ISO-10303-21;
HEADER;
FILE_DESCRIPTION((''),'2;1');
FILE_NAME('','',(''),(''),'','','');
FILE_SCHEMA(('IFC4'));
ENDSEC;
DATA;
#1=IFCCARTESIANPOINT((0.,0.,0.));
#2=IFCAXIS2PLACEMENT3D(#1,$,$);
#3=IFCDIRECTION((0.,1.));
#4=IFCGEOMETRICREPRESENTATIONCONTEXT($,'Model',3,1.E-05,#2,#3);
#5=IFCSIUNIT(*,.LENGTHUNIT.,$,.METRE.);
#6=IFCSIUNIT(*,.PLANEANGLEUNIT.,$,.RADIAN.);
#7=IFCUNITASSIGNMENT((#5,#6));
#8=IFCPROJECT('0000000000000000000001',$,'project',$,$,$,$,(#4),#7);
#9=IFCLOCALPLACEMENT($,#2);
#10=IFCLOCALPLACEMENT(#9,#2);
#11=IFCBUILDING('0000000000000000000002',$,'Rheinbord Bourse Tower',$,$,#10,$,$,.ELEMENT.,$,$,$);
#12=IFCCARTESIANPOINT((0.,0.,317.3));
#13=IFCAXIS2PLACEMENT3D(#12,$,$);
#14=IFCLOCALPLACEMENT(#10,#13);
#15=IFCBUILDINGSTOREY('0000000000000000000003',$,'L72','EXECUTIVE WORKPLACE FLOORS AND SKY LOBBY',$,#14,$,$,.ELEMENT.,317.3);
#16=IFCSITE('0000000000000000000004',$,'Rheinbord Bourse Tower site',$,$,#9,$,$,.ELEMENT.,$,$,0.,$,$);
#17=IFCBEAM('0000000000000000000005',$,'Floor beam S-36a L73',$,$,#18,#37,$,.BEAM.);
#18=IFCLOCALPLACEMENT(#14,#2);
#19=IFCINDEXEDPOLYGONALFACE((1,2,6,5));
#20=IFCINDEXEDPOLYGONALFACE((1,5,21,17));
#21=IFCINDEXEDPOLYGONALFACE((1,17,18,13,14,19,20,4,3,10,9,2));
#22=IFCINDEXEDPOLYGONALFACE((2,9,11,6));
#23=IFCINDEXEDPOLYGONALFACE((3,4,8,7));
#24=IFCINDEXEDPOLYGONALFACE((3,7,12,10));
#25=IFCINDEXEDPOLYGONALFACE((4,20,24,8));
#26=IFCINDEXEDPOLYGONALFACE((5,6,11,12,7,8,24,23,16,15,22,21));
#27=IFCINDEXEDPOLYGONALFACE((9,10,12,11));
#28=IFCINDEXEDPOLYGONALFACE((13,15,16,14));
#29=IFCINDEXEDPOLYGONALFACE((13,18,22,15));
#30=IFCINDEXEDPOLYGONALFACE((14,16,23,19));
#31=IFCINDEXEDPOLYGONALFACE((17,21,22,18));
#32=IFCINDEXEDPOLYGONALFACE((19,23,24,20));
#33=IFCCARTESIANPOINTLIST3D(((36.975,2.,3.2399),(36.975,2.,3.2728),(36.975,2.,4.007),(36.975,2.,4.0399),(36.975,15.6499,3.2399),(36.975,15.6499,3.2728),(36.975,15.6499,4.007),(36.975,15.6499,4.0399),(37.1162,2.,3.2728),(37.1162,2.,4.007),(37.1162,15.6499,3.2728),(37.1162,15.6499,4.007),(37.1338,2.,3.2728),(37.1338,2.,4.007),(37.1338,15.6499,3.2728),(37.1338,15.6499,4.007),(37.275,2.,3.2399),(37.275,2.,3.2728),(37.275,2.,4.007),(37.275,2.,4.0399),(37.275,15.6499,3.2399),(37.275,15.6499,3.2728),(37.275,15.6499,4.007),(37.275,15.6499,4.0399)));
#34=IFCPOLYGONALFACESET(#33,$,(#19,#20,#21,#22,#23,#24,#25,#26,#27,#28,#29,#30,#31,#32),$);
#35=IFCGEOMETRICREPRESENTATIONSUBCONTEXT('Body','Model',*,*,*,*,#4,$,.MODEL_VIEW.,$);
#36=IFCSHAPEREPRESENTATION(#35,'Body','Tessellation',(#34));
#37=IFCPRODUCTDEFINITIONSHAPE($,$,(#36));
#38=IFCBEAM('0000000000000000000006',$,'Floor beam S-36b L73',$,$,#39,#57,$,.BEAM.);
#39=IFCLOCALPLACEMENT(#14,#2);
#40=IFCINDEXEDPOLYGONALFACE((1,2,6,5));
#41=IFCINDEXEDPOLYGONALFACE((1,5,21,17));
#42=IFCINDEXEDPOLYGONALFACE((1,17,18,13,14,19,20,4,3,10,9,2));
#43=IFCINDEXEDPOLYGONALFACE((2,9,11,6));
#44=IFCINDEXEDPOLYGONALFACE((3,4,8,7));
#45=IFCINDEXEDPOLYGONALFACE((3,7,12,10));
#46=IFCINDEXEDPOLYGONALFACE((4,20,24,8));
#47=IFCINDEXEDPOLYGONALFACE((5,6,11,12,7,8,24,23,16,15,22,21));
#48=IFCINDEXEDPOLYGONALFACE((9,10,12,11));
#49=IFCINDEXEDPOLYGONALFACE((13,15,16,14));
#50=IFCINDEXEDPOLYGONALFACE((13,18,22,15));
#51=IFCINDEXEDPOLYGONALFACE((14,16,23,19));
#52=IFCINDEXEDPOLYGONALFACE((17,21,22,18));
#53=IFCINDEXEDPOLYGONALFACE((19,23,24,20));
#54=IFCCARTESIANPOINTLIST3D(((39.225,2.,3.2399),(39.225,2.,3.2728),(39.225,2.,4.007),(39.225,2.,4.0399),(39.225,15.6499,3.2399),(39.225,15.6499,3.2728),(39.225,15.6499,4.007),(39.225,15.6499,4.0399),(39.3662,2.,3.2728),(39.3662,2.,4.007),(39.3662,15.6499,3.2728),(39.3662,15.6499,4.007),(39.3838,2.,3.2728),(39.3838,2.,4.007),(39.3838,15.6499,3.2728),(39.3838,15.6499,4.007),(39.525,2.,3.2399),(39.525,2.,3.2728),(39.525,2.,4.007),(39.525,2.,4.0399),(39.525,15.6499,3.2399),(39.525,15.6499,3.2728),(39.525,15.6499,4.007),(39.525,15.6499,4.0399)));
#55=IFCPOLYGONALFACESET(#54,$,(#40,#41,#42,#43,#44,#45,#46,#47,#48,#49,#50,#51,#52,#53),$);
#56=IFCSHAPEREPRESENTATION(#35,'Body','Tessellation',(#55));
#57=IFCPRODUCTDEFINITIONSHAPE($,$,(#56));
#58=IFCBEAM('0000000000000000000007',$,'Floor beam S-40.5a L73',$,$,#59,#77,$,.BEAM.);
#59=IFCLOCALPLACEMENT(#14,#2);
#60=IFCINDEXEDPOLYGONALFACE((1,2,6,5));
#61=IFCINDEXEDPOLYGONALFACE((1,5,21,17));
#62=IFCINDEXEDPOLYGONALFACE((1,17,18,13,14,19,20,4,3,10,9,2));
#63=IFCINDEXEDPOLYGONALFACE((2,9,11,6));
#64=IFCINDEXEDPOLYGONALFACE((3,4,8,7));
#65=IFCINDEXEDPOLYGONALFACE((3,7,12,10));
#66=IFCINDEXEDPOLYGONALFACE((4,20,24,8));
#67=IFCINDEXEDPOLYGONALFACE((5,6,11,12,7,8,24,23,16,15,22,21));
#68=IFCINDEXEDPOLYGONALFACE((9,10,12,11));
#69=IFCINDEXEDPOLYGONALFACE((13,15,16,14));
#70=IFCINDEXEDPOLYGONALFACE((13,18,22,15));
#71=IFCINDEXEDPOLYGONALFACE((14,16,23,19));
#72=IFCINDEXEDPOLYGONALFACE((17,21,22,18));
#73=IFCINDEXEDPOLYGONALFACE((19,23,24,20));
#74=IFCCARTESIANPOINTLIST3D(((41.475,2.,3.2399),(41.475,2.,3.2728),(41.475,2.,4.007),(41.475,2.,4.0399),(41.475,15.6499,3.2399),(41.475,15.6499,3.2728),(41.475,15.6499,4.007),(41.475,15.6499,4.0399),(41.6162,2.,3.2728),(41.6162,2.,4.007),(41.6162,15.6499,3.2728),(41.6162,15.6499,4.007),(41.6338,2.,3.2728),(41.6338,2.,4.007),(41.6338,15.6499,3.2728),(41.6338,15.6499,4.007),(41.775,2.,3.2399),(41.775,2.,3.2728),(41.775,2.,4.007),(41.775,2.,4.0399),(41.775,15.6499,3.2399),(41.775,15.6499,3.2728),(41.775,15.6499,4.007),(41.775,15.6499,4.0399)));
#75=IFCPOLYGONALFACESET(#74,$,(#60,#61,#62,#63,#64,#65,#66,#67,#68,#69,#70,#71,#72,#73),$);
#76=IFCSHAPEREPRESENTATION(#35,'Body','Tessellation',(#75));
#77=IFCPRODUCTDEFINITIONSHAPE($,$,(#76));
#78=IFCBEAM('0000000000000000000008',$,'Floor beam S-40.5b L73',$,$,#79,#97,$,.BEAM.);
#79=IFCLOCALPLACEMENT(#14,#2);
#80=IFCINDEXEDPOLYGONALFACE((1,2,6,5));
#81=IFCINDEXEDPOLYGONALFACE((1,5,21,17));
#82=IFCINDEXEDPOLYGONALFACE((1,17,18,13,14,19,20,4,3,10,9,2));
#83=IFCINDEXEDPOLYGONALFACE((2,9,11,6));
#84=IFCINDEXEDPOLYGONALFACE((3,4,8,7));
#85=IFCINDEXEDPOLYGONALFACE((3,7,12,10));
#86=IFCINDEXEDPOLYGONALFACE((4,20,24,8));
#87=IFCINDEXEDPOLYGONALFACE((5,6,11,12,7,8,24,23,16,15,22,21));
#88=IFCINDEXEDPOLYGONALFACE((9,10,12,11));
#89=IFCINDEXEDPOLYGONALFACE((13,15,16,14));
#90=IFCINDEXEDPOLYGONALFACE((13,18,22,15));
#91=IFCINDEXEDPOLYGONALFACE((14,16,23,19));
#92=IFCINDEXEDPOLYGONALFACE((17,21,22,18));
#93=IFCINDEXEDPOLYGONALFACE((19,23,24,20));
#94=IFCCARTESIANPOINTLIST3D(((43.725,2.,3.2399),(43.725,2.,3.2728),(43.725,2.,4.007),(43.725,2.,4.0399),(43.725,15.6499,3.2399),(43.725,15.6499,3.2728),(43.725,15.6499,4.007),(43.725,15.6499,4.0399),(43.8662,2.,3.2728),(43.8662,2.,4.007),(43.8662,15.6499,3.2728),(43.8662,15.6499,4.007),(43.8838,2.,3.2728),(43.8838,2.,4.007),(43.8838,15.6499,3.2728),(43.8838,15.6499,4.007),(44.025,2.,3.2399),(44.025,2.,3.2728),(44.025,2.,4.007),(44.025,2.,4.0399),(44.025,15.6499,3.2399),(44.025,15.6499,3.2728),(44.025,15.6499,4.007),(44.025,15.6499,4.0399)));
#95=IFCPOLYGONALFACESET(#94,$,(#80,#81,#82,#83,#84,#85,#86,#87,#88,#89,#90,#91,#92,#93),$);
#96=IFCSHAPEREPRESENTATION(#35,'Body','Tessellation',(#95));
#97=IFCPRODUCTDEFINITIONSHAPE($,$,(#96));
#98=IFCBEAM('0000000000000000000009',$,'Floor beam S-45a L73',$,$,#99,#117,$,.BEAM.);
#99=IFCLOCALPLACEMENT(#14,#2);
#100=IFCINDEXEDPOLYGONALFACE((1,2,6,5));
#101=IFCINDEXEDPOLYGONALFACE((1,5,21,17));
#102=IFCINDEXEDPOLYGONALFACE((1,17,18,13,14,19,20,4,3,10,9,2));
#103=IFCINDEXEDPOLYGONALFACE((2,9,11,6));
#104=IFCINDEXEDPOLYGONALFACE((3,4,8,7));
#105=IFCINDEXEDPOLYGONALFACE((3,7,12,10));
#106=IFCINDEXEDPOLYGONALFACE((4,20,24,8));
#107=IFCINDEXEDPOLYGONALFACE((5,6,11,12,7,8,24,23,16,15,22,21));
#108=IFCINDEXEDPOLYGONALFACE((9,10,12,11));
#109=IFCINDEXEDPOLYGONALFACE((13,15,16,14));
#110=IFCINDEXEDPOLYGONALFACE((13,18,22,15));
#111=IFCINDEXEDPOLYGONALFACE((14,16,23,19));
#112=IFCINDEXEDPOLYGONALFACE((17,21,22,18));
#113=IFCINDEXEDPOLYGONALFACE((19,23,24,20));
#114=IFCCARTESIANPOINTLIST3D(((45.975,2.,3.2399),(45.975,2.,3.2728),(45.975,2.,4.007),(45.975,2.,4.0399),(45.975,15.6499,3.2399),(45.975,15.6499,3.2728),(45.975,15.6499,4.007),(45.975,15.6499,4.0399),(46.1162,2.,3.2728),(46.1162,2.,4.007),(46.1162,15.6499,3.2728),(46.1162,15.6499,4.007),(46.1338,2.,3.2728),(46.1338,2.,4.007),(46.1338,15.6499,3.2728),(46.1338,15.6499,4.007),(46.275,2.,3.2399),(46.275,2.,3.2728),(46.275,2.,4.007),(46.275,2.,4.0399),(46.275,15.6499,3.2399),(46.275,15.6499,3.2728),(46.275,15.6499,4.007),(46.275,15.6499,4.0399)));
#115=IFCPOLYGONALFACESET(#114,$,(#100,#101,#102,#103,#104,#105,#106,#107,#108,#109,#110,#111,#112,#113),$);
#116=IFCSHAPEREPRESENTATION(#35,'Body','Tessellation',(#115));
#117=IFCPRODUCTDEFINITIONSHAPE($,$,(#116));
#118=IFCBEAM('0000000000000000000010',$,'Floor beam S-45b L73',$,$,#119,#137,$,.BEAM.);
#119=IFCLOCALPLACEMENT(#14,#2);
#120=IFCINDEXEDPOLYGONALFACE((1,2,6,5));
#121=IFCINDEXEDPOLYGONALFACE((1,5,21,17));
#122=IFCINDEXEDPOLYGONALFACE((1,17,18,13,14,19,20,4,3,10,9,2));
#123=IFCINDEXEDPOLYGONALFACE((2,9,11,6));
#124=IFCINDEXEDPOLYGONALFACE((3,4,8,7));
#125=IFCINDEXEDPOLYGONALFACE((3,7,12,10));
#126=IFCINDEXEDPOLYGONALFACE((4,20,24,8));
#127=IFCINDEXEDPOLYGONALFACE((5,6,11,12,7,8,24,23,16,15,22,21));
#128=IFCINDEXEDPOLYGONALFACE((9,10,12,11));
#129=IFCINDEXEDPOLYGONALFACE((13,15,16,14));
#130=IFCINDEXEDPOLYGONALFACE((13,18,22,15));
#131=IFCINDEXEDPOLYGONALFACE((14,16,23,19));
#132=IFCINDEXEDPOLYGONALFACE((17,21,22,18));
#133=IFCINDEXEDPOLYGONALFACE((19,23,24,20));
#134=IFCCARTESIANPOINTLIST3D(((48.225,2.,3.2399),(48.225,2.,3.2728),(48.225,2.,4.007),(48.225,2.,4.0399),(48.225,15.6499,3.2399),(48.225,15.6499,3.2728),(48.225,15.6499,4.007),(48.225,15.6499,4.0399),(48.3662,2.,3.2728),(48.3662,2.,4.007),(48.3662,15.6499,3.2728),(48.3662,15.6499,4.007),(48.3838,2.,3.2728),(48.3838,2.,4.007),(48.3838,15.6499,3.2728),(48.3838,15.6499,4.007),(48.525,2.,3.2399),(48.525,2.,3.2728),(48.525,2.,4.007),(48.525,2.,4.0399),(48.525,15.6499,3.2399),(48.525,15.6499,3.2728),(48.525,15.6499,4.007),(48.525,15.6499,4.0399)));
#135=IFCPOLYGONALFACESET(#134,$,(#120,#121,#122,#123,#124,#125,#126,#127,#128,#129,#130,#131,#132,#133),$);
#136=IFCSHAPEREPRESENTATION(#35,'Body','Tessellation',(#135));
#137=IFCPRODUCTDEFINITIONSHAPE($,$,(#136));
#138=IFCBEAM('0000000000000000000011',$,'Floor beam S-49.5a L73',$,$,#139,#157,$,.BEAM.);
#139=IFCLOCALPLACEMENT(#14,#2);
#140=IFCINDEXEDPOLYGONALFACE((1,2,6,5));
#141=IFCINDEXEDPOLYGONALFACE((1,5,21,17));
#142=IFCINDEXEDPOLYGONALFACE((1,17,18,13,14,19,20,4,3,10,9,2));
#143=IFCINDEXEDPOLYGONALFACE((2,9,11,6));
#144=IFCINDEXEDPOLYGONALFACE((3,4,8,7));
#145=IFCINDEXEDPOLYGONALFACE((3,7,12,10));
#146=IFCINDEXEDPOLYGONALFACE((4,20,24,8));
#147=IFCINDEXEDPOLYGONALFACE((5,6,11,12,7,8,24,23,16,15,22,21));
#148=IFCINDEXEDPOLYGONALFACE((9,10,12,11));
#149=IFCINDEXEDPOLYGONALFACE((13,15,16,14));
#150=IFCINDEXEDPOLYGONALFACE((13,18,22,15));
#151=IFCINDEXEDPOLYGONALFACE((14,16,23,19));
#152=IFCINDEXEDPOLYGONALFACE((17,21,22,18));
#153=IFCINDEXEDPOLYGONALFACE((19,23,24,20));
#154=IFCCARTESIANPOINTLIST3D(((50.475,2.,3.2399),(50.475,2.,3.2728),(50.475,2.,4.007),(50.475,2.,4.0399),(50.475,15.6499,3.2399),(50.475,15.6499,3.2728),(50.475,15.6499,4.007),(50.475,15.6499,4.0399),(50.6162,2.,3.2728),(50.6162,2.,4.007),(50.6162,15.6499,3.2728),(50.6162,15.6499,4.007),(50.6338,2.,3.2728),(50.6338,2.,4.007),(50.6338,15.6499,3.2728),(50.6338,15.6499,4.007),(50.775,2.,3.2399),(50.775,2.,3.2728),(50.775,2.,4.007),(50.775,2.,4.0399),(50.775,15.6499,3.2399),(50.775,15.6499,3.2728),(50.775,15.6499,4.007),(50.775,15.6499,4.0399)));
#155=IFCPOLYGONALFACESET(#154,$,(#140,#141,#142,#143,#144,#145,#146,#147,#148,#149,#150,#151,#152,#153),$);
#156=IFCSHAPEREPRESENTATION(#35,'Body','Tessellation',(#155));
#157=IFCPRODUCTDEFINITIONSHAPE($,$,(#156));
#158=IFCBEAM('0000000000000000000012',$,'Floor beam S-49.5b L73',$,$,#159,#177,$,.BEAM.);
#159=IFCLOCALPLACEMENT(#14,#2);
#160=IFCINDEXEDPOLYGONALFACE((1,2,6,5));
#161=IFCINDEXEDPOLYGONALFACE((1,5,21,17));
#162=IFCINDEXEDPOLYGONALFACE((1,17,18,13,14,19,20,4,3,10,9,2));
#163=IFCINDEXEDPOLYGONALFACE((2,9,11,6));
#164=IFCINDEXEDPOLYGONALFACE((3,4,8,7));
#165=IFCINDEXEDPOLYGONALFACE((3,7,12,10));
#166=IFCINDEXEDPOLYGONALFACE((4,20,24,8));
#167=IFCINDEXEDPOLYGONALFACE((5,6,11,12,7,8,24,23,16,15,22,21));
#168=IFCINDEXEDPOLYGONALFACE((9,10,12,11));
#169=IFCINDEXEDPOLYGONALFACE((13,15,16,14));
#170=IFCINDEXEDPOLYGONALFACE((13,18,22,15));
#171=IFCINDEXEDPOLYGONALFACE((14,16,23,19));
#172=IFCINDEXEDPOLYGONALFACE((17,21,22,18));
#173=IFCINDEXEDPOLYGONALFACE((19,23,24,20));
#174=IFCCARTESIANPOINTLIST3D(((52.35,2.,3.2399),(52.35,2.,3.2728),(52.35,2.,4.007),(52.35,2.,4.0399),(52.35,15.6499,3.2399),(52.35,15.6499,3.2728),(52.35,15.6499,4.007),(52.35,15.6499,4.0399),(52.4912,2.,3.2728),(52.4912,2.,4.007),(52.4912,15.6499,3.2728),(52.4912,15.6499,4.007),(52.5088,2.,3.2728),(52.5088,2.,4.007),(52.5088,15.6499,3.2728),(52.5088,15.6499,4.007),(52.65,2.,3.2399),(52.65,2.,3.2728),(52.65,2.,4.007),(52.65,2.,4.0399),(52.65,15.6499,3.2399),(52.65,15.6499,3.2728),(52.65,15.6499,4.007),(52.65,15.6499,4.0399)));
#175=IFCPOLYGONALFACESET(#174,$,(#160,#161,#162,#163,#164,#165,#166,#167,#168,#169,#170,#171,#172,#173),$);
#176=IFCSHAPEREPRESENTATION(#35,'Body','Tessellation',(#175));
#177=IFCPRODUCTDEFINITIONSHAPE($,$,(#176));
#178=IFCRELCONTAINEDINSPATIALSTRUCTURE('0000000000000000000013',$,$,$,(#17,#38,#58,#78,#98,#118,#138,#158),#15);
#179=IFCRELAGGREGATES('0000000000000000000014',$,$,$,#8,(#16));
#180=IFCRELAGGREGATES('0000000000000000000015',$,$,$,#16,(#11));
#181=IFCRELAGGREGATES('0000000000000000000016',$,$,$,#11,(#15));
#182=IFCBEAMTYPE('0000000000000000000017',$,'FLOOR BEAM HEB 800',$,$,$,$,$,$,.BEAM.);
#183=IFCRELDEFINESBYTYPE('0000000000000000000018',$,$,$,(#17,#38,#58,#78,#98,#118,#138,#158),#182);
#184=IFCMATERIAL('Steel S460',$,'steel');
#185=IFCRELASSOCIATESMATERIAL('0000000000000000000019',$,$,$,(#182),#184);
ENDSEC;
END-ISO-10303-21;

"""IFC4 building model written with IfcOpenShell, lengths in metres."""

from ifc_helpers import new_model, si_unit, direction, frame, origin, origin_2d, place, context, subcontext, project, spatial, i_section, extrude, material, material_profile, profile_set, type_object, element, save


model = new_model("IFC4")

# Units and contexts
model_context = context("Model", 3, precision=1e-05, world=origin(), true_north=direction((0.0, 1.0)))
body_context = subcontext(model_context, "Body", "Model", "MODEL_VIEW")
ifc_project = project(units=[si_unit("LENGTHUNIT", "METRE"), si_unit("PLANEANGLEUNIT", "RADIAN")], contexts=[model_context])

# Site, building, storey
site_placement = place(None, origin())
site = spatial("IfcSite", under=ifc_project, at=site_placement, Name="Rheinbord Bourse Tower site", CompositionType="ELEMENT", RefElevation=0.0)
building_placement = place(site_placement, origin())
building = spatial("IfcBuilding", under=site, at=building_placement, Name="Rheinbord Bourse Tower", CompositionType="ELEMENT")
storey_placement = place(building_placement, frame((0.0, 0.0, 317.3)))
storey = spatial("IfcBuildingStorey", under=building, at=storey_placement, Name="L72", Description="EXECUTIVE WORKPLACE FLOORS AND SKY LOBBY", CompositionType="ELEMENT", Elevation=317.3)

# Beams
ifc_material_1 = material(Name="Steel S460", Category="steel")
ifc_material_profile_1 = material_profile(ifc_material_1, i_section(OverallWidth=0.3, OverallDepth=0.8, WebThickness=0.0176, FlangeThickness=0.033, at=origin_2d()), Name="HEB 800")
ifc_profile_set_1 = profile_set([ifc_material_profile_1], Name="Steel S460")
beam_type_1 = type_object("IfcBeamType", Name="FLOOR BEAM HEB 800", PredefinedType="BEAM", material=ifc_profile_set_1)
for number, where, z_axis, x_axis, name in (
    (1, (37.125, 2.0, 3.6399), (0.0, 1.0, 0.0), (-1.0, 0.0, 0.0), "Floor beam S-36a L73"),
    (2, (39.375, 2.0, 3.6399), (0.0, 1.0, 0.0), (-1.0, 0.0, 0.0), "Floor beam S-36b L73"),
    (3, (41.625, 2.0, 3.6399), (0.0, 1.0, 0.0), (-1.0, 0.0, 0.0), "Floor beam S-40.5a L73"),
    (4, (43.875, 2.0, 3.6399), (0.0, 1.0, 0.0), (-1.0, 0.0, 0.0), "Floor beam S-40.5b L73"),
    (5, (46.125, 2.0, 3.6399), (0.0, 1.0, 0.0), (-1.0, 0.0, 0.0), "Floor beam S-45a L73"),
    (6, (48.375, 2.0, 3.6399), (0.0, 1.0, 0.0), (-1.0, 0.0, 0.0), "Floor beam S-45b L73"),
    (7, (50.625, 2.0, 3.6399), (0.0, 1.0, 0.0), (-1.0, 0.0, 0.0), "Floor beam S-49.5a L73"),
    (8, (52.5, 2.0, 3.6399), (0.0, 1.0, 0.0), (-1.0, 0.0, 0.0), "Floor beam S-49.5b L73"),
):
    element("IfcBeam", number, at=place(storey_placement, frame(where, z_axis=z_axis, x_axis=x_axis)), inside=storey, type_object=beam_type_1, Name=name, PredefinedType="BEAM", context=body_context, shape_type="SweptSolid", body=[
        extrude(i_section(OverallWidth=0.3, OverallDepth=0.8, WebThickness=0.0176, FlangeThickness=0.033, at=origin_2d()), origin(), (0.0, 0.0, 1.0), 13.6499),
    ])

save(model, "model.ifc")
